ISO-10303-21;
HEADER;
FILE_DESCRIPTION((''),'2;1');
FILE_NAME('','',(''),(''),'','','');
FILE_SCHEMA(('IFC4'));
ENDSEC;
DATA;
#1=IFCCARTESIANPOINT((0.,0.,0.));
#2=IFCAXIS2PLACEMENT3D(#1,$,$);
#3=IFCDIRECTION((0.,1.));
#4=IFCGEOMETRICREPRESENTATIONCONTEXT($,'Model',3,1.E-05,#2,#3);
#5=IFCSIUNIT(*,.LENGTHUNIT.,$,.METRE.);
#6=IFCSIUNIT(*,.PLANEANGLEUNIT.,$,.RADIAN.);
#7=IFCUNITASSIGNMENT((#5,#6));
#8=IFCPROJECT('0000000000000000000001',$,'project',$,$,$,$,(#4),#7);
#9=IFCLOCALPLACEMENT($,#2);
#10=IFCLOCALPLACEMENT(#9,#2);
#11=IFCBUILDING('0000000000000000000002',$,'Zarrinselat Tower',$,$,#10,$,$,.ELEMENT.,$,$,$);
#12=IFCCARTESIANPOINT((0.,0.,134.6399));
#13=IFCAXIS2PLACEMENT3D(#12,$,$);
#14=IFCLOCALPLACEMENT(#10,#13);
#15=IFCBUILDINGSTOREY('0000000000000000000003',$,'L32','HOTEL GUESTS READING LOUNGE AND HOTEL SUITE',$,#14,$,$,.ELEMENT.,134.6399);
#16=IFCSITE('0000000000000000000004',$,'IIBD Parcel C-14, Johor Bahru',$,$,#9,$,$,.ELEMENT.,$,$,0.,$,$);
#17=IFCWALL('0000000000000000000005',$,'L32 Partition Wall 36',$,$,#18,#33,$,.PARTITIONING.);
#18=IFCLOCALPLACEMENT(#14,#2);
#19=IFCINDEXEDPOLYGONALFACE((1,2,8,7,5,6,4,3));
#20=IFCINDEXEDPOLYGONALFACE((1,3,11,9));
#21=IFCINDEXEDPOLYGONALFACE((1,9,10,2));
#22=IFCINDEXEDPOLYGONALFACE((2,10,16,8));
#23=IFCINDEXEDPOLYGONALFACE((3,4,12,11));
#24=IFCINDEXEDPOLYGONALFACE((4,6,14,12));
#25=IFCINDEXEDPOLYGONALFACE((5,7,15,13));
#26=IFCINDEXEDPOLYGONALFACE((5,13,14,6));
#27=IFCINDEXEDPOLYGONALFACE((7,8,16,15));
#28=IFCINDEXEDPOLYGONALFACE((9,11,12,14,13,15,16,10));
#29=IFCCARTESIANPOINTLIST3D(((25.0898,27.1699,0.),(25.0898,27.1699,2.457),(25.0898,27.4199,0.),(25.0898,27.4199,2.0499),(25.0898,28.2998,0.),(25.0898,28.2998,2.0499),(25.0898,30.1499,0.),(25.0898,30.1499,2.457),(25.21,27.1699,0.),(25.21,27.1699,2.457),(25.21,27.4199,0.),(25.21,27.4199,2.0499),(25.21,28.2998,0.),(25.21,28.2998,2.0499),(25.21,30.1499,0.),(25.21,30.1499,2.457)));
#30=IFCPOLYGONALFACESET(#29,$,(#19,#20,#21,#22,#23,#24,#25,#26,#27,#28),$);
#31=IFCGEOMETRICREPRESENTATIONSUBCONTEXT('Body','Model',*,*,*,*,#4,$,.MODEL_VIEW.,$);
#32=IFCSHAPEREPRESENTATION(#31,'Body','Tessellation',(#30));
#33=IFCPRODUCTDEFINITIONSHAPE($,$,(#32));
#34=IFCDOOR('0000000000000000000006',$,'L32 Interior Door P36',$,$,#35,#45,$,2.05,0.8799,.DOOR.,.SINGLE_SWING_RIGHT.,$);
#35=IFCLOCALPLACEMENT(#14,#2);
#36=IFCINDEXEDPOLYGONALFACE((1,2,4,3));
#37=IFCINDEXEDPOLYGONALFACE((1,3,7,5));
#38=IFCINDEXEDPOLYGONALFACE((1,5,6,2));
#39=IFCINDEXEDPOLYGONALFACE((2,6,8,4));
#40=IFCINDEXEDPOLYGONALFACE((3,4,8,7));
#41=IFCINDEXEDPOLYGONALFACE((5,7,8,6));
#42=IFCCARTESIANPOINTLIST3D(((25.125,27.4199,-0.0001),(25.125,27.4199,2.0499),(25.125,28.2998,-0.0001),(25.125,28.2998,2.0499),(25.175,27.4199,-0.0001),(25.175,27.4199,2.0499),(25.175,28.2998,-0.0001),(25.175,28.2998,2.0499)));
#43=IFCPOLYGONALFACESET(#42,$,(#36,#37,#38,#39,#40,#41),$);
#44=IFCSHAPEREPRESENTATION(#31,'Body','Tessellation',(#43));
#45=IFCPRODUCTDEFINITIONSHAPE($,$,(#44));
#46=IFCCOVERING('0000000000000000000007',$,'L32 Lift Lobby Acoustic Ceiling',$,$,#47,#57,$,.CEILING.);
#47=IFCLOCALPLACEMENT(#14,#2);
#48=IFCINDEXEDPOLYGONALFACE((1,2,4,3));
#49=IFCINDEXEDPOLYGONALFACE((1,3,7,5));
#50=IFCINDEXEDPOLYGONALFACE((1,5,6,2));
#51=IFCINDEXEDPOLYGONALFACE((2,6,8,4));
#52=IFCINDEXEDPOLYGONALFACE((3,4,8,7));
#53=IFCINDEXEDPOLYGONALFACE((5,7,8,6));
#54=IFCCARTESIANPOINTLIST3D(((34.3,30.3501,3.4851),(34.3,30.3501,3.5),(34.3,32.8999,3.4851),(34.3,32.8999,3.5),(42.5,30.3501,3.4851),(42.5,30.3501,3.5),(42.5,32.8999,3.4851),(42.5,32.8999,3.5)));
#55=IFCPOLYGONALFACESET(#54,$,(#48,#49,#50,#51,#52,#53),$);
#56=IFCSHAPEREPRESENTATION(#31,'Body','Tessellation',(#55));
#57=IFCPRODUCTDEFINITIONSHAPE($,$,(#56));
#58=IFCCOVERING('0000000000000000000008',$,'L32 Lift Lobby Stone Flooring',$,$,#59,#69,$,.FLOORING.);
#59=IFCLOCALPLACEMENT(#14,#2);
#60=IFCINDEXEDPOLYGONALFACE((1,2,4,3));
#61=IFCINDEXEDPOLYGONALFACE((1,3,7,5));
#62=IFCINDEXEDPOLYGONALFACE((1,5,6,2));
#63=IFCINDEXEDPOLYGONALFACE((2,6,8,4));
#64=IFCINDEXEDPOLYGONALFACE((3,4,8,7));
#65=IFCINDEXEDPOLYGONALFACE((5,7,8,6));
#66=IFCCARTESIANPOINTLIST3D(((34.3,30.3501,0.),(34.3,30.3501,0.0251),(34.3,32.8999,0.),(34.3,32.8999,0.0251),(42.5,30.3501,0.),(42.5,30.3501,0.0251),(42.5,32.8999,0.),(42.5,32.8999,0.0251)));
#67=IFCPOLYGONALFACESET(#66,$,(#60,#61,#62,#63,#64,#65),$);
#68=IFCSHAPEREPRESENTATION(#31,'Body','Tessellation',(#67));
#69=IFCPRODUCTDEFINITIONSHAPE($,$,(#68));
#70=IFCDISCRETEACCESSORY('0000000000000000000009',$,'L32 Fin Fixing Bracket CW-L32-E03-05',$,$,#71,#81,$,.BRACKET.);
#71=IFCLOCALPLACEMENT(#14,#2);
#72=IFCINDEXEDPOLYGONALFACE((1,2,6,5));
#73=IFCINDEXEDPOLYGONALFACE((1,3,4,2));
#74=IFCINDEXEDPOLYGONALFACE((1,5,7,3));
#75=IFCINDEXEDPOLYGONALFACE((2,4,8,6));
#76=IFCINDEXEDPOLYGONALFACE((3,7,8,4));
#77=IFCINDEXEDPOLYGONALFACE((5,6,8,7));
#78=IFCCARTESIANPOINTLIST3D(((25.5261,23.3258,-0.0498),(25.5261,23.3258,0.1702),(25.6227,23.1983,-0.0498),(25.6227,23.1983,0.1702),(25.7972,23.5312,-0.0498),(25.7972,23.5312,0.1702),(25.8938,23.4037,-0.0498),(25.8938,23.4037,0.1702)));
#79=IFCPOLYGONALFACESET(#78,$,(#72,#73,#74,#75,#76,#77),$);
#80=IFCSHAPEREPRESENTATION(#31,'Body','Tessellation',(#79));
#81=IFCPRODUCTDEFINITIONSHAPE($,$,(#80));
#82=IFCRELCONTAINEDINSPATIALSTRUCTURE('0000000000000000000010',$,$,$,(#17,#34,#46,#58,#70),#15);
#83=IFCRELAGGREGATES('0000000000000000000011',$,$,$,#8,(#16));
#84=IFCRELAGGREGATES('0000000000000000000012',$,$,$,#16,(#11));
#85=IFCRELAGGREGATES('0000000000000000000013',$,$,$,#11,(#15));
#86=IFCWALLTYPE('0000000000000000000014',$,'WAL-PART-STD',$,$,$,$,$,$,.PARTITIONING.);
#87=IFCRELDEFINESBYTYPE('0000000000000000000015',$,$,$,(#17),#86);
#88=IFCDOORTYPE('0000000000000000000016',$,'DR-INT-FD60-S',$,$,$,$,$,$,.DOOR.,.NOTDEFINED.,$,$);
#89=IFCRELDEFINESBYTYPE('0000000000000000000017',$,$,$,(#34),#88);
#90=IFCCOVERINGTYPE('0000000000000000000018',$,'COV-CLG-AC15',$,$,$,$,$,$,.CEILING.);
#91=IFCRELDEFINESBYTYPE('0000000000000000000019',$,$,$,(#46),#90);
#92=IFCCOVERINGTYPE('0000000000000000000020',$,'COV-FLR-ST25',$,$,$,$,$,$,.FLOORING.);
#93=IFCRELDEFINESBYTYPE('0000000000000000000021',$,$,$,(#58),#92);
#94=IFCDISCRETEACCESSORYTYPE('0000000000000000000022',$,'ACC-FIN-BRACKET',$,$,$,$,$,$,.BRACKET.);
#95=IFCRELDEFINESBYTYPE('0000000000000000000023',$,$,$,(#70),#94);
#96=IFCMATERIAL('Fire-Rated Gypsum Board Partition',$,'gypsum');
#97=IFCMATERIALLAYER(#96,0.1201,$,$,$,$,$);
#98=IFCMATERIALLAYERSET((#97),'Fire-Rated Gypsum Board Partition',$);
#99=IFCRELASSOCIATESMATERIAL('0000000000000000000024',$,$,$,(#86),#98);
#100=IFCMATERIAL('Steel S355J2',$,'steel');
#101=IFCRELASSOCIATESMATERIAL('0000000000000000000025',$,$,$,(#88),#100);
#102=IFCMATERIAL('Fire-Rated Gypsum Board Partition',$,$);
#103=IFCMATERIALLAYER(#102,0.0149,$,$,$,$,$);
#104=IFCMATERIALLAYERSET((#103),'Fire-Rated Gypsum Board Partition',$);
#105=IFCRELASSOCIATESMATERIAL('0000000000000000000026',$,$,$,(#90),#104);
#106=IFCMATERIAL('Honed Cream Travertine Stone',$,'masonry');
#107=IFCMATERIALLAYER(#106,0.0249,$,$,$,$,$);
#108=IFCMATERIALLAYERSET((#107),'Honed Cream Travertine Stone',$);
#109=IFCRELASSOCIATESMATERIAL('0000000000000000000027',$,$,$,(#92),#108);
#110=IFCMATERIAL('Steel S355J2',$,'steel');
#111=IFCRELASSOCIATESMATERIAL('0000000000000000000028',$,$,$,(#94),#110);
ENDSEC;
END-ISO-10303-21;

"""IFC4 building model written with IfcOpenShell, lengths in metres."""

from ifc_helpers import new_model, si_unit, direction, frame, frame_2d, origin, origin_2d, place, context, subcontext, project, spatial, polyline, rectangle, outline, extrude, material, layer, layer_set, type_object, element, fill, save


model = new_model("IFC4")

# Units and contexts
model_context = context("Model", 3, precision=1e-05, world=origin(), true_north=direction((0.0, 1.0)))
body_context = subcontext(model_context, "Body", "Model", "MODEL_VIEW")
ifc_project = project(units=[si_unit("LENGTHUNIT", "METRE"), si_unit("PLANEANGLEUNIT", "RADIAN")], contexts=[model_context])

# Site, building, storey
site_placement = place(None, origin())
site = spatial("IfcSite", under=ifc_project, at=site_placement, Name="IIBD Parcel C-14, Johor Bahru", CompositionType="ELEMENT", RefElevation=0.0)
building_placement = place(site_placement, origin())
building = spatial("IfcBuilding", under=site, at=building_placement, Name="Zarrinselat Tower", CompositionType="ELEMENT")
storey_placement = place(building_placement, frame((0.0, 0.0, 134.6399)))
storey = spatial("IfcBuildingStorey", under=building, at=storey_placement, Name="L32", Description="HOTEL GUESTS READING LOUNGE AND HOTEL SUITE", CompositionType="ELEMENT", Elevation=134.6399)

# Shared definitions
ifc_material_1 = material(Name="Fire-Rated Gypsum Board Partition", Category="gypsum")
ifc_layer_1 = layer(ifc_material_1, 0.1201)
ifc_layer_set_1 = layer_set([ifc_layer_1], Name="Fire-Rated Gypsum Board Partition")
wall_type = type_object("IfcWallType", Name="WAL-PART-STD", PredefinedType="PARTITIONING", material=ifc_layer_set_1)

# Wall, opening, door
wall_1_placement = place(storey_placement, frame((25.1499, 27.1699, 0.0), z_axis=(0.0, 0.0, 1.0), x_axis=(0.0, 1.0, 0.0)))
wall_1 = element("IfcWall", 1, at=wall_1_placement, inside=storey, type_object=wall_type, Name="L32 Partition Wall 36", PredefinedType="PARTITIONING", context=body_context, shape_type="SweptSolid", body=[
    extrude(rectangle(XDim=2.98, YDim=0.1201, at=frame_2d((1.49, 0.0))), origin(), (0.0, 0.0, 1.0), 2.457),
])
opening_placement = place(wall_1_placement, frame((0.25, 0.0, 0.0)))
opening = element("IfcOpeningElement", 2, at=opening_placement, cuts=wall_1, PredefinedType="OPENING", context=body_context, shape_type="SweptSolid", body=[
    extrude(rectangle(XDim=0.8799, YDim=2.05, at=frame_2d((0.4399, 1.0249))), frame((0.0, 0.0701, 0.0), z_axis=(0.0, -1.0, 0.0), x_axis=(1.0, 0.0, 0.0)), (0.0, 0.0, 1.0), 0.1401),
])
ifc_material_2 = material(Name="Steel S355J2", Category="steel")
door_type = type_object("IfcDoorType", Name="DR-INT-FD60-S", OperationType="NOTDEFINED", PredefinedType="DOOR", material=ifc_material_2)
door_placement = place(opening_placement, origin())
door = element("IfcDoor", 3, at=door_placement, inside=storey, type_object=door_type, Name="L32 Interior Door P36", OperationType="SINGLE_SWING_RIGHT", OverallHeight=2.05, OverallWidth=0.8799, PredefinedType="DOOR", context=body_context, shape_type="SweptSolid", body=[
    extrude(rectangle(XDim=0.8799, YDim=2.05, at=frame_2d((0.4399, 1.0249))), frame((0.0, 0.0249, 0.0), z_axis=(0.0, -1.0, 0.0), x_axis=(1.0, 0.0, 0.0)), (0.0, 0.0, 1.0), 0.05),
])
fill(opening, door)

# Coverings
ifc_material_3 = material(Name="Fire-Rated Gypsum Board Partition")
ifc_layer_2 = layer(ifc_material_3, 0.0149)
ifc_layer_set_2 = layer_set([ifc_layer_2], Name="Fire-Rated Gypsum Board Partition")
covering_type_1 = type_object("IfcCoveringType", Name="COV-CLG-AC15", PredefinedType="CEILING", material=ifc_layer_set_2)
covering_1_placement = place(storey_placement, frame((0.0, 0.0, 3.4851)))
element("IfcCovering", 4, at=covering_1_placement, inside=storey, type_object=covering_type_1, Name="L32 Lift Lobby Acoustic Ceiling", PredefinedType="CEILING", context=body_context, shape_type="SweptSolid", body=[
    extrude(outline(polyline([(34.3, 30.3501), (42.5, 30.3501), (42.5, 32.8999), (34.3, 32.8999), (34.3, 30.3501)])), origin(), (0.0, 0.0, 1.0), 0.0149),
])
ifc_material_4 = material(Name="Honed Cream Travertine Stone", Category="masonry")
ifc_layer_3 = layer(ifc_material_4, 0.0249)
ifc_layer_set_3 = layer_set([ifc_layer_3], Name="Honed Cream Travertine Stone")
covering_type_2 = type_object("IfcCoveringType", Name="COV-FLR-ST25", PredefinedType="FLOORING", material=ifc_layer_set_3)
covering_2_placement = place(storey_placement, origin())
element("IfcCovering", 5, at=covering_2_placement, inside=storey, type_object=covering_type_2, Name="L32 Lift Lobby Stone Flooring", PredefinedType="FLOORING", context=body_context, shape_type="SweptSolid", body=[
    extrude(outline(polyline([(34.3, 30.3501), (42.5, 30.3501), (42.5, 32.8999), (34.3, 32.8999), (34.3, 30.3501)])), origin(), (0.0, 0.0, 1.0), 0.0251),
])

# Discrete accessory
ifc_material_5 = material(Name="Steel S355J2", Category="steel")
discrete_accessory_type = type_object("IfcDiscreteAccessoryType", Name="ACC-FIN-BRACKET", PredefinedType="BRACKET", material=ifc_material_5)
discrete_accessory_placement = place(storey_placement, frame((25.71, 23.3647, -0.0498), z_axis=(0.0, 0.0, 1.0), x_axis=(-0.797094, -0.603856, 0.0)))
element("IfcDiscreteAccessory", 6, at=discrete_accessory_placement, inside=storey, type_object=discrete_accessory_type, Name="L32 Fin Fixing Bracket CW-L32-E03-05", PredefinedType="BRACKET", context=body_context, shape_type="SweptSolid", body=[
    extrude(rectangle(XDim=0.3401, YDim=0.1599, at=origin_2d()), origin(), (0.0, 0.0, 1.0), 0.22),
])

save(model, "model.ifc")
